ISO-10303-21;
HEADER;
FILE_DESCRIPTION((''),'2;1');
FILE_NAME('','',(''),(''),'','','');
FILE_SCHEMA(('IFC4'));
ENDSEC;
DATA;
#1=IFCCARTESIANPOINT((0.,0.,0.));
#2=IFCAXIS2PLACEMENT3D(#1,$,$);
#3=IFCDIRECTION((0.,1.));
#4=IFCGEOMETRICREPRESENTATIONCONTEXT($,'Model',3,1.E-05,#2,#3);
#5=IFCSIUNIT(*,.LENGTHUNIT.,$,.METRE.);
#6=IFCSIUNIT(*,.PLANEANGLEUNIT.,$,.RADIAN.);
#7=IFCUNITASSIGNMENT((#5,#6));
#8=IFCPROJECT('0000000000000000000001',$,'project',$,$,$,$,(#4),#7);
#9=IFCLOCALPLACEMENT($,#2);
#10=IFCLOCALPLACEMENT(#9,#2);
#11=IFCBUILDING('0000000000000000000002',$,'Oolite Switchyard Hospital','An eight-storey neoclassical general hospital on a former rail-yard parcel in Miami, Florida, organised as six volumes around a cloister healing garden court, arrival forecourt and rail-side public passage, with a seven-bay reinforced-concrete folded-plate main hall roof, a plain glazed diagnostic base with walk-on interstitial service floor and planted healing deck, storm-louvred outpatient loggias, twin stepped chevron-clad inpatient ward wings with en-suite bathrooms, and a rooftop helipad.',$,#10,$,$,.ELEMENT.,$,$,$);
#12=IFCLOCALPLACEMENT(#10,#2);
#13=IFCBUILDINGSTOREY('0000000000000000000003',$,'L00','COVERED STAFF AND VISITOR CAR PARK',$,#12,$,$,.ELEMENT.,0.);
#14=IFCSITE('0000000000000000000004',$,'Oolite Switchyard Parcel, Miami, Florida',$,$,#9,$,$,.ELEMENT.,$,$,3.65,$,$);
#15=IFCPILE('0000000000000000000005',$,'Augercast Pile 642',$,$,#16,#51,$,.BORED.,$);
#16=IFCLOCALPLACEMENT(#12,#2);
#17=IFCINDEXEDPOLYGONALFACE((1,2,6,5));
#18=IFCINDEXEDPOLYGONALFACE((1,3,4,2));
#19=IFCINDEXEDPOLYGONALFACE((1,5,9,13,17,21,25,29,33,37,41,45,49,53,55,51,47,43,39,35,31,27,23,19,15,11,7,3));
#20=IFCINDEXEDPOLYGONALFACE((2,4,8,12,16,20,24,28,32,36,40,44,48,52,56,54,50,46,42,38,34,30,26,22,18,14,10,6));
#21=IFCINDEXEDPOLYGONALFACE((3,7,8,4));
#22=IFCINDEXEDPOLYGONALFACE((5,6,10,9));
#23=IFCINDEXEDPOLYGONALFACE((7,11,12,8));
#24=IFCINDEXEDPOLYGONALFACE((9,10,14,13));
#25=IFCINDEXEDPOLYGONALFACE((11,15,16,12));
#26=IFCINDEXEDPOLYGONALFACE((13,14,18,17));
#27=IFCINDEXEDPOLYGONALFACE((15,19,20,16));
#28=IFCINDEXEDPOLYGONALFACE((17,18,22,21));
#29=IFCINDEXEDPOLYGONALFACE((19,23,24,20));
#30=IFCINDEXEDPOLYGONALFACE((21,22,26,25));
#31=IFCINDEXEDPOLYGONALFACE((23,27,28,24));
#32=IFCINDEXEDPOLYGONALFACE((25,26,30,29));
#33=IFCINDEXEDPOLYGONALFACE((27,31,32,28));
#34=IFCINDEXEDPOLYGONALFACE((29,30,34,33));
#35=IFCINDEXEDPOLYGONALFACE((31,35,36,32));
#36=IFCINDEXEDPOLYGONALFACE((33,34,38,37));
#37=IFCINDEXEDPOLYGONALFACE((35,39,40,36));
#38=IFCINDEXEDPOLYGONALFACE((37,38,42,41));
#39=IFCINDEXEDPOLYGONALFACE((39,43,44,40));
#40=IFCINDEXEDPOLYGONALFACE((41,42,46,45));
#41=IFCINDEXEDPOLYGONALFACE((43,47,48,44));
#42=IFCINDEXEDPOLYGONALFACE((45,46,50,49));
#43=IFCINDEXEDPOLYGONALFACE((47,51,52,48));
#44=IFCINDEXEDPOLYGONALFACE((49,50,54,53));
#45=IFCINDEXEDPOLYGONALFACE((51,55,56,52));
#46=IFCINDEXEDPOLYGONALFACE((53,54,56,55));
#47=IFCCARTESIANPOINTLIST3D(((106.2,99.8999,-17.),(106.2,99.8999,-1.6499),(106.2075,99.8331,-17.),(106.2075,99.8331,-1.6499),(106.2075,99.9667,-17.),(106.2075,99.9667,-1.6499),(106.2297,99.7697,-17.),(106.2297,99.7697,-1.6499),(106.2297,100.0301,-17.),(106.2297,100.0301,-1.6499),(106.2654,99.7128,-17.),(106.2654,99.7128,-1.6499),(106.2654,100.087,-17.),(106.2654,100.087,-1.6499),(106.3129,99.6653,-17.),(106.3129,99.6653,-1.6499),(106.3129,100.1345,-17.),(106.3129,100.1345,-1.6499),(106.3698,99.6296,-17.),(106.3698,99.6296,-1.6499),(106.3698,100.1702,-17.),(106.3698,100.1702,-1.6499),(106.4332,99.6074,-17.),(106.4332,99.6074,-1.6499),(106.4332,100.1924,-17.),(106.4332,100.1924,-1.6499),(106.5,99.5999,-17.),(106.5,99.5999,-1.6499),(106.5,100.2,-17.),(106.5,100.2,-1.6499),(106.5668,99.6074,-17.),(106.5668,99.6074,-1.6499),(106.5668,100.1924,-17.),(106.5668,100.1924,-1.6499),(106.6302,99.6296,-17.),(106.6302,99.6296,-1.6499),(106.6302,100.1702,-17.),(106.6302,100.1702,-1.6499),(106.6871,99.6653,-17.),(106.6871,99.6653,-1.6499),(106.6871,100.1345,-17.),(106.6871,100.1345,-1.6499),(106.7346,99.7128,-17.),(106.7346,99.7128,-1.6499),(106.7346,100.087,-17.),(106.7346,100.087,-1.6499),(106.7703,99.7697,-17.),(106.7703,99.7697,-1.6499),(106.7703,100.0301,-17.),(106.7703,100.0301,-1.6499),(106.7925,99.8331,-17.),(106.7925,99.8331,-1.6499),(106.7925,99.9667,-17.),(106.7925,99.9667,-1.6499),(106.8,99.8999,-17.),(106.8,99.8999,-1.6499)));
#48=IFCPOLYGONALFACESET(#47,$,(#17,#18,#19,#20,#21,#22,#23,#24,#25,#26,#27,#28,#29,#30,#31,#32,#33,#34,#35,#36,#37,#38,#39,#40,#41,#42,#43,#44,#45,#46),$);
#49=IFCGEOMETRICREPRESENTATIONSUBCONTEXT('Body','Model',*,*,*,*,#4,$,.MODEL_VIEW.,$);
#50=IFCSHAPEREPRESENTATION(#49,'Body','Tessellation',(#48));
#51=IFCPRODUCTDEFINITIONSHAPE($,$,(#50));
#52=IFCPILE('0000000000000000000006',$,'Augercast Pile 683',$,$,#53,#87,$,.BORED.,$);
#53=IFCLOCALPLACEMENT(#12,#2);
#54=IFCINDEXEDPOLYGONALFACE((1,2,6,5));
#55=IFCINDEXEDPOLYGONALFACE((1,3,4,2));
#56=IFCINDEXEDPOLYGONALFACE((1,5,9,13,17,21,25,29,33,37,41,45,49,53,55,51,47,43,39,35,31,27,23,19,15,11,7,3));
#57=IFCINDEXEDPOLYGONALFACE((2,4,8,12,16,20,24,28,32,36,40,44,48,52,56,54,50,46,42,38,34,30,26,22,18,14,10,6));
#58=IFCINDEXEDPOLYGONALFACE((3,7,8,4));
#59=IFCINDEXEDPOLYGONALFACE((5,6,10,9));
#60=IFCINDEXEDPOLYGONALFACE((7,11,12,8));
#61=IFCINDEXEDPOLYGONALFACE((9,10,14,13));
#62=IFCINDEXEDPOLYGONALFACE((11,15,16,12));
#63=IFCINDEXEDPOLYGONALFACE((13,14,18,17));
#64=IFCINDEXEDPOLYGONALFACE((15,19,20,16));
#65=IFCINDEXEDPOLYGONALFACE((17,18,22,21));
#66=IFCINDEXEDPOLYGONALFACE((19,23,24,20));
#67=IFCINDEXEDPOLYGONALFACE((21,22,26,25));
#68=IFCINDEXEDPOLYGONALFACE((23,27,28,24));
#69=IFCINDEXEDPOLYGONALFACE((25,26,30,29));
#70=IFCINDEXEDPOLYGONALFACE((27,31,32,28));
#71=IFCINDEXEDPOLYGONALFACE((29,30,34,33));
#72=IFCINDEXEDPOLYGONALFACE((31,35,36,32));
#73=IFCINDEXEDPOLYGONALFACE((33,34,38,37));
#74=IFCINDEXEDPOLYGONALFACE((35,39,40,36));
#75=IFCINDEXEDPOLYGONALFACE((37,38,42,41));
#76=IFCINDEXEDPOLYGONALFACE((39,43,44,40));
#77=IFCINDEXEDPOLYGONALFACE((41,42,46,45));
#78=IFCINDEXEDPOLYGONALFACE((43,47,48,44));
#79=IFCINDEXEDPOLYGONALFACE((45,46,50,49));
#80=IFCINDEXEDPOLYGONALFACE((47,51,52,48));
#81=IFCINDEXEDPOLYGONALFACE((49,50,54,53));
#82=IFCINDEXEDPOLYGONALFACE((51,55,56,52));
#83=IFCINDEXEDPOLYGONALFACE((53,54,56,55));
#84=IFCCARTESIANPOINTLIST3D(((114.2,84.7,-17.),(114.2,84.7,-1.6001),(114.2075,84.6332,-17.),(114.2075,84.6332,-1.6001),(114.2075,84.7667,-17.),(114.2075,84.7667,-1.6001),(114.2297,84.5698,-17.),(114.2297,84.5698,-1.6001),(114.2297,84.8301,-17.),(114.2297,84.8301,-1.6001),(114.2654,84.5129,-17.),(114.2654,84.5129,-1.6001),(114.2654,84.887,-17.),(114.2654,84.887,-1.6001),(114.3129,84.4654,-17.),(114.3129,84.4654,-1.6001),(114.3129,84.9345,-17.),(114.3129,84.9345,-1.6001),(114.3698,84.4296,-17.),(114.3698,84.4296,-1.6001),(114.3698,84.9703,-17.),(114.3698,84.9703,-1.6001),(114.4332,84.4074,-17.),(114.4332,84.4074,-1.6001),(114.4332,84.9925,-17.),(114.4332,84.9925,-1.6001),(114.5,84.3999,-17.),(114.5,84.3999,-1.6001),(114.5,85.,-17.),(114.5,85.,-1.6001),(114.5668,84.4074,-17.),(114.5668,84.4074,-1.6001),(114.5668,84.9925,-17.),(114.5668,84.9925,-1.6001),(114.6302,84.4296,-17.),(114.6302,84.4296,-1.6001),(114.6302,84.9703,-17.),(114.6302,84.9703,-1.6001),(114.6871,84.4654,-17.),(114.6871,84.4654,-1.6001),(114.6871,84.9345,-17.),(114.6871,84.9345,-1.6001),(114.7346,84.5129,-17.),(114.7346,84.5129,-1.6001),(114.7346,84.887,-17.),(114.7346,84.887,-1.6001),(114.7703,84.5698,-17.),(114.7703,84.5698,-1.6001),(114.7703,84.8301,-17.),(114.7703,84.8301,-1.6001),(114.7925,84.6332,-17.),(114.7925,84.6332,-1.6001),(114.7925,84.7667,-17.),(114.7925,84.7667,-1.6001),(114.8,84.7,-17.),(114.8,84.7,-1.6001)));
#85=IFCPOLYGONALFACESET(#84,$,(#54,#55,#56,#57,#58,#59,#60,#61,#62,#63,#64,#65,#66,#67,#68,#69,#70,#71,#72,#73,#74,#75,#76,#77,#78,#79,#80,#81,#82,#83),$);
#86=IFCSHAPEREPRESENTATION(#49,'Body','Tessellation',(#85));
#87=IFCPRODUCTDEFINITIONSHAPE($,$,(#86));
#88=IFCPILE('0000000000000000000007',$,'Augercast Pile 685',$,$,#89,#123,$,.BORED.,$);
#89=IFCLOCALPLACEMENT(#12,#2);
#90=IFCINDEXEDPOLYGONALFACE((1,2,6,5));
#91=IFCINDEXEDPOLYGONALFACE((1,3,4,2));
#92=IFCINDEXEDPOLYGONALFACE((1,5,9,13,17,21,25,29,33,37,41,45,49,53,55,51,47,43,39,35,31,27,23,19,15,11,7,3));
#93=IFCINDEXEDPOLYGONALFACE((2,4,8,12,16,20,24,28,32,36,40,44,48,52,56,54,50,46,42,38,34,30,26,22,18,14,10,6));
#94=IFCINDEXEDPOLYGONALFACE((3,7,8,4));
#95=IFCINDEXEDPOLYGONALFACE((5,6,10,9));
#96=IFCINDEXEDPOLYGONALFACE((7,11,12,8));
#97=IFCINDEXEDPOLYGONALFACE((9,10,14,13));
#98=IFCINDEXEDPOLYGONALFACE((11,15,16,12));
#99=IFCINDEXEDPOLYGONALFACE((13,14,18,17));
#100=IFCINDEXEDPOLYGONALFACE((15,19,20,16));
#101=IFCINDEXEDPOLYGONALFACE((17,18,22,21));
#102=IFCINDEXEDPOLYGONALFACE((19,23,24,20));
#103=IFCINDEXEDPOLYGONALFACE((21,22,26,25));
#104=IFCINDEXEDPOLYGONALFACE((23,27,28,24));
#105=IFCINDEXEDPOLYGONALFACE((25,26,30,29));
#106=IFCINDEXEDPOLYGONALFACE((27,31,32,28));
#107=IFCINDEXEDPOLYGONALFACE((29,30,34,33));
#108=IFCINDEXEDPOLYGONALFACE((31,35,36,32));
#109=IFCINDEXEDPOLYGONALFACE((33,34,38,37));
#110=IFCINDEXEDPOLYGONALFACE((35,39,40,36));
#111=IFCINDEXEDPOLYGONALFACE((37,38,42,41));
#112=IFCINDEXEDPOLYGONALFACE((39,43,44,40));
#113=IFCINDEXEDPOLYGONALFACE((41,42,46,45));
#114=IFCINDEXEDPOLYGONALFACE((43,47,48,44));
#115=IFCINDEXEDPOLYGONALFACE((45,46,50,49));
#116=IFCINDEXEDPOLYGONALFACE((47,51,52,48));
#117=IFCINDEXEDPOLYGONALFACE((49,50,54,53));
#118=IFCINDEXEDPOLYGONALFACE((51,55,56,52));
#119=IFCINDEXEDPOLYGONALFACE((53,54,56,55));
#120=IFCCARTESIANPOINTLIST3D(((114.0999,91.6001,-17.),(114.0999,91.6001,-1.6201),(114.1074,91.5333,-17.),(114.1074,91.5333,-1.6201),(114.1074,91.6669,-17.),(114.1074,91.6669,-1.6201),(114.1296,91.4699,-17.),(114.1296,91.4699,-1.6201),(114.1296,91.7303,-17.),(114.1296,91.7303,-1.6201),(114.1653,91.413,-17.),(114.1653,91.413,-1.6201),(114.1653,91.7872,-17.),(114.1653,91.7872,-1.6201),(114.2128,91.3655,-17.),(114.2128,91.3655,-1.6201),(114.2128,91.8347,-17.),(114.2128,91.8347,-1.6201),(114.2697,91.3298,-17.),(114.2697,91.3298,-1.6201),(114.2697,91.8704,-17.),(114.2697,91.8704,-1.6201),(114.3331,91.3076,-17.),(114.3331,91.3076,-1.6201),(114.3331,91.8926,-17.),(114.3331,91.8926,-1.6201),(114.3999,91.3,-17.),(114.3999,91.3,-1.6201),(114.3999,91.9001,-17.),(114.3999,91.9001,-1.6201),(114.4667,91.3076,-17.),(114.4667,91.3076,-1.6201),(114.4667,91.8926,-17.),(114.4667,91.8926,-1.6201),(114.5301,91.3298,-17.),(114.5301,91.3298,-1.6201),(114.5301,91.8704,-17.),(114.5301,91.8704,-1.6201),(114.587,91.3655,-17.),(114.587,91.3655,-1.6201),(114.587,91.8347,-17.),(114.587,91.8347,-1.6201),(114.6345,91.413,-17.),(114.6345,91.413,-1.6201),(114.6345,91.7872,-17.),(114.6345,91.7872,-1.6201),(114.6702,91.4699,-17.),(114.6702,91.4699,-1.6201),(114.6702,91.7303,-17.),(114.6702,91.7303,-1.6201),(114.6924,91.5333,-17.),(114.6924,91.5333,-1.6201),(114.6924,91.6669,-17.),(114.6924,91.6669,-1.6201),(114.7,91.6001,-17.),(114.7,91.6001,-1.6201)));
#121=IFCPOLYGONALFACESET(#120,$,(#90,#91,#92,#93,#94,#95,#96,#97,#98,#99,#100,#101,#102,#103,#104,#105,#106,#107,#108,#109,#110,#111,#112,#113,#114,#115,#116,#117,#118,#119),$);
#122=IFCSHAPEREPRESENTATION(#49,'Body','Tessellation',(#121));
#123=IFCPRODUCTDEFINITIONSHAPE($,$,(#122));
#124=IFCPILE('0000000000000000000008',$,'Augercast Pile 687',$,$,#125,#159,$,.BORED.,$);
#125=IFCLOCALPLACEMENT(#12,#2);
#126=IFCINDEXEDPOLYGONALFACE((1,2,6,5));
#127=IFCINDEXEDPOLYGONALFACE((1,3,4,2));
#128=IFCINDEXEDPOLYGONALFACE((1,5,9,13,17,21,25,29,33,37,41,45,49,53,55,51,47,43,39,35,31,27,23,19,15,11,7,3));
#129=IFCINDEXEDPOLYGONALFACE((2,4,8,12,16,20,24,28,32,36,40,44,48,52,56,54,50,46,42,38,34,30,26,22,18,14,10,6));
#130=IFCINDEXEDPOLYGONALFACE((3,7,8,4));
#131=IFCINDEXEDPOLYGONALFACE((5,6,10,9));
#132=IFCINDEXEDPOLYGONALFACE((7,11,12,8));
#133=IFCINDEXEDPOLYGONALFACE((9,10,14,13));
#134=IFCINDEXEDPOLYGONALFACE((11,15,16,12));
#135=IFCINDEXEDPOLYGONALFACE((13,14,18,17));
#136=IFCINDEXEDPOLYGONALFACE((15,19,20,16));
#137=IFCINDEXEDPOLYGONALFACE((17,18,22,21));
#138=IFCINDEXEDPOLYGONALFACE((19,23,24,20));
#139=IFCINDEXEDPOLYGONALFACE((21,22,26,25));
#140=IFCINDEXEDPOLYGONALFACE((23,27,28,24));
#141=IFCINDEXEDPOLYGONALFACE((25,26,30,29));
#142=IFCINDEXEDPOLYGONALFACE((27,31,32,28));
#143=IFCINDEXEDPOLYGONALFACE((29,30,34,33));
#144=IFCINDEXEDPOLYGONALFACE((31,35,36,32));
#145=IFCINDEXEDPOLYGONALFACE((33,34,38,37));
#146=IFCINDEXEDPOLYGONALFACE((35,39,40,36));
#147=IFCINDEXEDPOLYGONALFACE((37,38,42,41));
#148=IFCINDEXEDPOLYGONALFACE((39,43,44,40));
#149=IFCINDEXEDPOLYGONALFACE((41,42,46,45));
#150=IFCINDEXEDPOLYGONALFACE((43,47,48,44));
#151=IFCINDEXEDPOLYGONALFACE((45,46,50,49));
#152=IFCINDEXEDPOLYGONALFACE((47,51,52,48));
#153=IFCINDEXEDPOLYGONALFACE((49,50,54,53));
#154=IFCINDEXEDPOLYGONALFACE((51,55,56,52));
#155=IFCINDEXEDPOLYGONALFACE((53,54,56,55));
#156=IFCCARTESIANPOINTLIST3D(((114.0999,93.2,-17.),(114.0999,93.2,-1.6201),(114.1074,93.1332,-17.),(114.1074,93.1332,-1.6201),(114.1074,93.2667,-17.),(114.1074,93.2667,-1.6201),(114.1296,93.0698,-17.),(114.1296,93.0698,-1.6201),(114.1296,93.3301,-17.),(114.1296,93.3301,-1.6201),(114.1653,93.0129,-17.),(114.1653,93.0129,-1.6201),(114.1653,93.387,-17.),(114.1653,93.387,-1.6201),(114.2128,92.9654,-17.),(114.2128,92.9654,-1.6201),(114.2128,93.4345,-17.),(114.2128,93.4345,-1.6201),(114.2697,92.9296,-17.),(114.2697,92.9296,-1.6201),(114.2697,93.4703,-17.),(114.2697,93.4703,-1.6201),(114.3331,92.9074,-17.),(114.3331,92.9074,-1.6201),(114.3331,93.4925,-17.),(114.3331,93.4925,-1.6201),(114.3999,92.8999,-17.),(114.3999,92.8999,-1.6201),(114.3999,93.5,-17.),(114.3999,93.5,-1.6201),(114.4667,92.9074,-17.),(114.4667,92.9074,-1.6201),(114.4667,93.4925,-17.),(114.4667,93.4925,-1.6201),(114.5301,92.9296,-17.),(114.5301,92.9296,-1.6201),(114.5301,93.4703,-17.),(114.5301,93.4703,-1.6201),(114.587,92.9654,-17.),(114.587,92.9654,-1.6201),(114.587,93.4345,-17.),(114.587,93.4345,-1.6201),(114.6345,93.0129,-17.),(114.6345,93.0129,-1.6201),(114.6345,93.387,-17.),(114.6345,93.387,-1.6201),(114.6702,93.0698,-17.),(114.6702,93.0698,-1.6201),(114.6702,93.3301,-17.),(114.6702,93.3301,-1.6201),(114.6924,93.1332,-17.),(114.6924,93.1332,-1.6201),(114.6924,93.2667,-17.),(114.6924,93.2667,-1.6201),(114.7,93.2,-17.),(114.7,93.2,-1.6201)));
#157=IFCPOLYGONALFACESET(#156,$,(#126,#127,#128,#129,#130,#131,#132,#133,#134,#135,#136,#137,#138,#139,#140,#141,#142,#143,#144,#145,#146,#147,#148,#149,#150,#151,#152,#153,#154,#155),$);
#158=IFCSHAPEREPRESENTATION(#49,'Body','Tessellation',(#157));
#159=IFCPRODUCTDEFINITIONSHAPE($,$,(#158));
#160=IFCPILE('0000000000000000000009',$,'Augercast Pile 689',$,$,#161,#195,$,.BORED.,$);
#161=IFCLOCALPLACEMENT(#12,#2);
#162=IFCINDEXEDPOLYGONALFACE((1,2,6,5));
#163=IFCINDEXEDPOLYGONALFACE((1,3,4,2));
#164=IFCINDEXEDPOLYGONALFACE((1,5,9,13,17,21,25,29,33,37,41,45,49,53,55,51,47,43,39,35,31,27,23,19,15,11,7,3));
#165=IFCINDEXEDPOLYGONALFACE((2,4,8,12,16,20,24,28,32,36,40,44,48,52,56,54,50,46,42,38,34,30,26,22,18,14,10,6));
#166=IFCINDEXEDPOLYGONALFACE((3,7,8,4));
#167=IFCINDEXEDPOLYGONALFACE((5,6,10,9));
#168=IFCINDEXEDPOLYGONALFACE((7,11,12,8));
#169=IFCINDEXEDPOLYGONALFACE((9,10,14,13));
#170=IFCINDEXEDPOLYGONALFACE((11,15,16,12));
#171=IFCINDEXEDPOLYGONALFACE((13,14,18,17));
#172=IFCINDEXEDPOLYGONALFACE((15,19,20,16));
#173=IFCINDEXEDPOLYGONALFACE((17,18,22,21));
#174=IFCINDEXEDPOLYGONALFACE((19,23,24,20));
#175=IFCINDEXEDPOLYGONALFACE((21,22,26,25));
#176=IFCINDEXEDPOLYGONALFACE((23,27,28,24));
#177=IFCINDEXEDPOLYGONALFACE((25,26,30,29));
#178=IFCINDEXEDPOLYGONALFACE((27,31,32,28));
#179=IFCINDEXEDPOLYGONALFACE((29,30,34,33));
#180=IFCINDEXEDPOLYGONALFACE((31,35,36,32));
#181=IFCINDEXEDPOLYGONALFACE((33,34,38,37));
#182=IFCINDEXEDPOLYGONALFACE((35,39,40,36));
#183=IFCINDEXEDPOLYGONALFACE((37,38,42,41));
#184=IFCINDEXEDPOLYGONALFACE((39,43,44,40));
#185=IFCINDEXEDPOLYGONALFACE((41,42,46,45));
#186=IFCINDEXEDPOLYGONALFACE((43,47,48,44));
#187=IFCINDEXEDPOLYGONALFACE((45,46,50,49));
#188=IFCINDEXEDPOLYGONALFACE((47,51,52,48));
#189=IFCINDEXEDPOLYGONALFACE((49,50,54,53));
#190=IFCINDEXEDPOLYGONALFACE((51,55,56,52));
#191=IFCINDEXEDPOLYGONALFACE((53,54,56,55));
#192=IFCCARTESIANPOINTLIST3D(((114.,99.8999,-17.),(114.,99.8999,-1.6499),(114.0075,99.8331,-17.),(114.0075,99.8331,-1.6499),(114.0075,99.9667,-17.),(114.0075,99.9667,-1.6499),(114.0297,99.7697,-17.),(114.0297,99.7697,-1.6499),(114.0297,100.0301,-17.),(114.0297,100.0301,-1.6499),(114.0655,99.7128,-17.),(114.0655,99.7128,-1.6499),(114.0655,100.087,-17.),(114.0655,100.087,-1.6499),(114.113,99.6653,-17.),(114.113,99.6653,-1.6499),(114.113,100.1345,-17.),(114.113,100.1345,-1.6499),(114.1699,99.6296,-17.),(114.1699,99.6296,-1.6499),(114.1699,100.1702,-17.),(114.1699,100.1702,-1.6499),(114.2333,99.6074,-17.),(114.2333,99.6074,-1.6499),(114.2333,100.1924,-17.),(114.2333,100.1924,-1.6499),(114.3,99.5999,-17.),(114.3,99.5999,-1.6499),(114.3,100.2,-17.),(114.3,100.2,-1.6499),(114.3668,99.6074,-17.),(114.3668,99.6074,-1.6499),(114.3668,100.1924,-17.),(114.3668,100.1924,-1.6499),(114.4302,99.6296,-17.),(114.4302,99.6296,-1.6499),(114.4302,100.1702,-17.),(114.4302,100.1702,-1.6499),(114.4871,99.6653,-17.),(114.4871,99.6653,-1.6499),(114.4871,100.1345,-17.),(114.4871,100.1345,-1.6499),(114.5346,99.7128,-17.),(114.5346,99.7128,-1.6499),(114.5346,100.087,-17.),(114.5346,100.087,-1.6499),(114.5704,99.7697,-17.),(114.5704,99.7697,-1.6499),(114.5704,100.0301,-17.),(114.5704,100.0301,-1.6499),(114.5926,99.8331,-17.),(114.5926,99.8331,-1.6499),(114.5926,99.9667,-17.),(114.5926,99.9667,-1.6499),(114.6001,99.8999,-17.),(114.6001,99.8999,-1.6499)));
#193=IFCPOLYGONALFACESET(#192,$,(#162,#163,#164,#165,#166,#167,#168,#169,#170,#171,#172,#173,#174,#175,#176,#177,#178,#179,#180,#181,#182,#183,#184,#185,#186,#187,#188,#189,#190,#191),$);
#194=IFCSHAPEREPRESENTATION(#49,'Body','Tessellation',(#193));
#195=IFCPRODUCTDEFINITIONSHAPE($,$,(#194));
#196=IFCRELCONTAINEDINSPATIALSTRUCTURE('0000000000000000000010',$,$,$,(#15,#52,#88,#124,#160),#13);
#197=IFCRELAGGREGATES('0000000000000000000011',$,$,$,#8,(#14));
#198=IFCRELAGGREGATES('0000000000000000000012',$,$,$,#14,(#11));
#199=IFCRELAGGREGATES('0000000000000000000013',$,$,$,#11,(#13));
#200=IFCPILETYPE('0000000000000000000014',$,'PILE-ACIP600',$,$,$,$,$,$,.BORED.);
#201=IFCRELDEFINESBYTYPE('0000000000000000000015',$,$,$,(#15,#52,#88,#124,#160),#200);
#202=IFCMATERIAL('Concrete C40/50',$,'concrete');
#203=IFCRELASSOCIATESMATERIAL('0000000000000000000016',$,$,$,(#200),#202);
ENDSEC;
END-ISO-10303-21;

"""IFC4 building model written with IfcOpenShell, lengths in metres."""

from ifc_helpers import new_model, si_unit, direction, frame, origin, origin_2d, place, context, subcontext, project, spatial, circle, extrude, material, material_profile, profile_set, type_object, element, save


model = new_model("IFC4")

# Units and contexts
model_context = context("Model", 3, precision=1e-05, world=origin(), true_north=direction((0.0, 1.0)))
body_context = subcontext(model_context, "Body", "Model", "MODEL_VIEW")
ifc_project = project(units=[si_unit("LENGTHUNIT", "METRE"), si_unit("PLANEANGLEUNIT", "RADIAN")], contexts=[model_context])

# Site, building, storey
site_placement = place(None, origin())
site = spatial("IfcSite", under=ifc_project, at=site_placement, Name="Oolite Switchyard Parcel, Miami, Florida", CompositionType="ELEMENT", RefElevation=3.65)
building_placement = place(site_placement, origin())
building = spatial("IfcBuilding", under=site, at=building_placement, Name="Oolite Switchyard Hospital", Description="An eight-storey neoclassical general hospital on a former rail-yard parcel in Miami, Florida, organised as six volumes around a cloister healing garden court, arrival forecourt and rail-side public passage, with a seven-bay reinforced-concrete folded-plate main hall roof, a plain glazed diagnostic base with walk-on interstitial service floor and planted healing deck, storm-louvred outpatient loggias, twin stepped chevron-clad inpatient ward wings with en-suite bathrooms, and a rooftop helipad.", CompositionType="ELEMENT")
storey_placement = place(building_placement, origin())
storey = spatial("IfcBuildingStorey", under=building, at=storey_placement, Name="L00", Description="COVERED STAFF AND VISITOR CAR PARK", CompositionType="ELEMENT", Elevation=0.0)

# Shared definitions
ifc_material_1 = material(Name="Concrete C40/50", Category="concrete")

# Piles
ifc_material_profile_1 = material_profile(ifc_material_1, circle(Radius=0.3, at=origin_2d()), Name="PILE600")
ifc_profile_set_1 = profile_set([ifc_material_profile_1], Name="Concrete C40/50")
pile_type = type_object("IfcPileType", Name="PILE-ACIP600", PredefinedType="BORED", material=ifc_profile_set_1)
for number, where, z_axis, x_axis, name in (
    (1, (106.5, 99.8999, -1.6499), (0.0, 0.0, -1.0), (1.0, 0.0, 0.0), "Augercast Pile 642"),
):
    element("IfcPile", number, at=place(storey_placement, frame(where, z_axis=z_axis, x_axis=x_axis)), inside=storey, type_object=pile_type, Name=name, PredefinedType="BORED", context=body_context, shape_type="SweptSolid", body=[
        extrude(circle(Radius=0.3, at=origin_2d()), origin(), (0.0, 0.0, 1.0), 15.3501),
    ])
pile_1_placement = place(storey_placement, frame((114.5, 84.7, -1.6001), z_axis=(0.0, 0.0, -1.0), x_axis=(1.0, 0.0, 0.0)))
element("IfcPile", 2, at=pile_1_placement, inside=storey, type_object=pile_type, Name="Augercast Pile 683", PredefinedType="BORED", context=body_context, shape_type="SweptSolid", body=[
    extrude(circle(Radius=0.3, at=origin_2d()), origin(), (0.0, 0.0, 1.0), 15.3999),
])
for number, where, z_axis, x_axis, name in (
    (3, (114.3999, 91.6001, -1.6201), (0.0, 0.0, -1.0), (1.0, 0.0, 0.0), "Augercast Pile 685"),
    (4, (114.3999, 93.2, -1.6201), (0.0, 0.0, -1.0), (1.0, 0.0, 0.0), "Augercast Pile 687"),
):
    element("IfcPile", number, at=place(storey_placement, frame(where, z_axis=z_axis, x_axis=x_axis)), inside=storey, type_object=pile_type, Name=name, PredefinedType="BORED", context=body_context, shape_type="SweptSolid", body=[
        extrude(circle(Radius=0.3, at=origin_2d()), origin(), (0.0, 0.0, 1.0), 15.3799),
    ])
pile_2_placement = place(storey_placement, frame((114.3, 99.8999, -1.6499), z_axis=(0.0, 0.0, -1.0), x_axis=(1.0, 0.0, 0.0)))
element("IfcPile", 5, at=pile_2_placement, inside=storey, type_object=pile_type, Name="Augercast Pile 689", PredefinedType="BORED", context=body_context, shape_type="SweptSolid", body=[
    extrude(circle(Radius=0.3, at=origin_2d()), origin(), (0.0, 0.0, 1.0), 15.3501),
])

save(model, "model.ifc")
